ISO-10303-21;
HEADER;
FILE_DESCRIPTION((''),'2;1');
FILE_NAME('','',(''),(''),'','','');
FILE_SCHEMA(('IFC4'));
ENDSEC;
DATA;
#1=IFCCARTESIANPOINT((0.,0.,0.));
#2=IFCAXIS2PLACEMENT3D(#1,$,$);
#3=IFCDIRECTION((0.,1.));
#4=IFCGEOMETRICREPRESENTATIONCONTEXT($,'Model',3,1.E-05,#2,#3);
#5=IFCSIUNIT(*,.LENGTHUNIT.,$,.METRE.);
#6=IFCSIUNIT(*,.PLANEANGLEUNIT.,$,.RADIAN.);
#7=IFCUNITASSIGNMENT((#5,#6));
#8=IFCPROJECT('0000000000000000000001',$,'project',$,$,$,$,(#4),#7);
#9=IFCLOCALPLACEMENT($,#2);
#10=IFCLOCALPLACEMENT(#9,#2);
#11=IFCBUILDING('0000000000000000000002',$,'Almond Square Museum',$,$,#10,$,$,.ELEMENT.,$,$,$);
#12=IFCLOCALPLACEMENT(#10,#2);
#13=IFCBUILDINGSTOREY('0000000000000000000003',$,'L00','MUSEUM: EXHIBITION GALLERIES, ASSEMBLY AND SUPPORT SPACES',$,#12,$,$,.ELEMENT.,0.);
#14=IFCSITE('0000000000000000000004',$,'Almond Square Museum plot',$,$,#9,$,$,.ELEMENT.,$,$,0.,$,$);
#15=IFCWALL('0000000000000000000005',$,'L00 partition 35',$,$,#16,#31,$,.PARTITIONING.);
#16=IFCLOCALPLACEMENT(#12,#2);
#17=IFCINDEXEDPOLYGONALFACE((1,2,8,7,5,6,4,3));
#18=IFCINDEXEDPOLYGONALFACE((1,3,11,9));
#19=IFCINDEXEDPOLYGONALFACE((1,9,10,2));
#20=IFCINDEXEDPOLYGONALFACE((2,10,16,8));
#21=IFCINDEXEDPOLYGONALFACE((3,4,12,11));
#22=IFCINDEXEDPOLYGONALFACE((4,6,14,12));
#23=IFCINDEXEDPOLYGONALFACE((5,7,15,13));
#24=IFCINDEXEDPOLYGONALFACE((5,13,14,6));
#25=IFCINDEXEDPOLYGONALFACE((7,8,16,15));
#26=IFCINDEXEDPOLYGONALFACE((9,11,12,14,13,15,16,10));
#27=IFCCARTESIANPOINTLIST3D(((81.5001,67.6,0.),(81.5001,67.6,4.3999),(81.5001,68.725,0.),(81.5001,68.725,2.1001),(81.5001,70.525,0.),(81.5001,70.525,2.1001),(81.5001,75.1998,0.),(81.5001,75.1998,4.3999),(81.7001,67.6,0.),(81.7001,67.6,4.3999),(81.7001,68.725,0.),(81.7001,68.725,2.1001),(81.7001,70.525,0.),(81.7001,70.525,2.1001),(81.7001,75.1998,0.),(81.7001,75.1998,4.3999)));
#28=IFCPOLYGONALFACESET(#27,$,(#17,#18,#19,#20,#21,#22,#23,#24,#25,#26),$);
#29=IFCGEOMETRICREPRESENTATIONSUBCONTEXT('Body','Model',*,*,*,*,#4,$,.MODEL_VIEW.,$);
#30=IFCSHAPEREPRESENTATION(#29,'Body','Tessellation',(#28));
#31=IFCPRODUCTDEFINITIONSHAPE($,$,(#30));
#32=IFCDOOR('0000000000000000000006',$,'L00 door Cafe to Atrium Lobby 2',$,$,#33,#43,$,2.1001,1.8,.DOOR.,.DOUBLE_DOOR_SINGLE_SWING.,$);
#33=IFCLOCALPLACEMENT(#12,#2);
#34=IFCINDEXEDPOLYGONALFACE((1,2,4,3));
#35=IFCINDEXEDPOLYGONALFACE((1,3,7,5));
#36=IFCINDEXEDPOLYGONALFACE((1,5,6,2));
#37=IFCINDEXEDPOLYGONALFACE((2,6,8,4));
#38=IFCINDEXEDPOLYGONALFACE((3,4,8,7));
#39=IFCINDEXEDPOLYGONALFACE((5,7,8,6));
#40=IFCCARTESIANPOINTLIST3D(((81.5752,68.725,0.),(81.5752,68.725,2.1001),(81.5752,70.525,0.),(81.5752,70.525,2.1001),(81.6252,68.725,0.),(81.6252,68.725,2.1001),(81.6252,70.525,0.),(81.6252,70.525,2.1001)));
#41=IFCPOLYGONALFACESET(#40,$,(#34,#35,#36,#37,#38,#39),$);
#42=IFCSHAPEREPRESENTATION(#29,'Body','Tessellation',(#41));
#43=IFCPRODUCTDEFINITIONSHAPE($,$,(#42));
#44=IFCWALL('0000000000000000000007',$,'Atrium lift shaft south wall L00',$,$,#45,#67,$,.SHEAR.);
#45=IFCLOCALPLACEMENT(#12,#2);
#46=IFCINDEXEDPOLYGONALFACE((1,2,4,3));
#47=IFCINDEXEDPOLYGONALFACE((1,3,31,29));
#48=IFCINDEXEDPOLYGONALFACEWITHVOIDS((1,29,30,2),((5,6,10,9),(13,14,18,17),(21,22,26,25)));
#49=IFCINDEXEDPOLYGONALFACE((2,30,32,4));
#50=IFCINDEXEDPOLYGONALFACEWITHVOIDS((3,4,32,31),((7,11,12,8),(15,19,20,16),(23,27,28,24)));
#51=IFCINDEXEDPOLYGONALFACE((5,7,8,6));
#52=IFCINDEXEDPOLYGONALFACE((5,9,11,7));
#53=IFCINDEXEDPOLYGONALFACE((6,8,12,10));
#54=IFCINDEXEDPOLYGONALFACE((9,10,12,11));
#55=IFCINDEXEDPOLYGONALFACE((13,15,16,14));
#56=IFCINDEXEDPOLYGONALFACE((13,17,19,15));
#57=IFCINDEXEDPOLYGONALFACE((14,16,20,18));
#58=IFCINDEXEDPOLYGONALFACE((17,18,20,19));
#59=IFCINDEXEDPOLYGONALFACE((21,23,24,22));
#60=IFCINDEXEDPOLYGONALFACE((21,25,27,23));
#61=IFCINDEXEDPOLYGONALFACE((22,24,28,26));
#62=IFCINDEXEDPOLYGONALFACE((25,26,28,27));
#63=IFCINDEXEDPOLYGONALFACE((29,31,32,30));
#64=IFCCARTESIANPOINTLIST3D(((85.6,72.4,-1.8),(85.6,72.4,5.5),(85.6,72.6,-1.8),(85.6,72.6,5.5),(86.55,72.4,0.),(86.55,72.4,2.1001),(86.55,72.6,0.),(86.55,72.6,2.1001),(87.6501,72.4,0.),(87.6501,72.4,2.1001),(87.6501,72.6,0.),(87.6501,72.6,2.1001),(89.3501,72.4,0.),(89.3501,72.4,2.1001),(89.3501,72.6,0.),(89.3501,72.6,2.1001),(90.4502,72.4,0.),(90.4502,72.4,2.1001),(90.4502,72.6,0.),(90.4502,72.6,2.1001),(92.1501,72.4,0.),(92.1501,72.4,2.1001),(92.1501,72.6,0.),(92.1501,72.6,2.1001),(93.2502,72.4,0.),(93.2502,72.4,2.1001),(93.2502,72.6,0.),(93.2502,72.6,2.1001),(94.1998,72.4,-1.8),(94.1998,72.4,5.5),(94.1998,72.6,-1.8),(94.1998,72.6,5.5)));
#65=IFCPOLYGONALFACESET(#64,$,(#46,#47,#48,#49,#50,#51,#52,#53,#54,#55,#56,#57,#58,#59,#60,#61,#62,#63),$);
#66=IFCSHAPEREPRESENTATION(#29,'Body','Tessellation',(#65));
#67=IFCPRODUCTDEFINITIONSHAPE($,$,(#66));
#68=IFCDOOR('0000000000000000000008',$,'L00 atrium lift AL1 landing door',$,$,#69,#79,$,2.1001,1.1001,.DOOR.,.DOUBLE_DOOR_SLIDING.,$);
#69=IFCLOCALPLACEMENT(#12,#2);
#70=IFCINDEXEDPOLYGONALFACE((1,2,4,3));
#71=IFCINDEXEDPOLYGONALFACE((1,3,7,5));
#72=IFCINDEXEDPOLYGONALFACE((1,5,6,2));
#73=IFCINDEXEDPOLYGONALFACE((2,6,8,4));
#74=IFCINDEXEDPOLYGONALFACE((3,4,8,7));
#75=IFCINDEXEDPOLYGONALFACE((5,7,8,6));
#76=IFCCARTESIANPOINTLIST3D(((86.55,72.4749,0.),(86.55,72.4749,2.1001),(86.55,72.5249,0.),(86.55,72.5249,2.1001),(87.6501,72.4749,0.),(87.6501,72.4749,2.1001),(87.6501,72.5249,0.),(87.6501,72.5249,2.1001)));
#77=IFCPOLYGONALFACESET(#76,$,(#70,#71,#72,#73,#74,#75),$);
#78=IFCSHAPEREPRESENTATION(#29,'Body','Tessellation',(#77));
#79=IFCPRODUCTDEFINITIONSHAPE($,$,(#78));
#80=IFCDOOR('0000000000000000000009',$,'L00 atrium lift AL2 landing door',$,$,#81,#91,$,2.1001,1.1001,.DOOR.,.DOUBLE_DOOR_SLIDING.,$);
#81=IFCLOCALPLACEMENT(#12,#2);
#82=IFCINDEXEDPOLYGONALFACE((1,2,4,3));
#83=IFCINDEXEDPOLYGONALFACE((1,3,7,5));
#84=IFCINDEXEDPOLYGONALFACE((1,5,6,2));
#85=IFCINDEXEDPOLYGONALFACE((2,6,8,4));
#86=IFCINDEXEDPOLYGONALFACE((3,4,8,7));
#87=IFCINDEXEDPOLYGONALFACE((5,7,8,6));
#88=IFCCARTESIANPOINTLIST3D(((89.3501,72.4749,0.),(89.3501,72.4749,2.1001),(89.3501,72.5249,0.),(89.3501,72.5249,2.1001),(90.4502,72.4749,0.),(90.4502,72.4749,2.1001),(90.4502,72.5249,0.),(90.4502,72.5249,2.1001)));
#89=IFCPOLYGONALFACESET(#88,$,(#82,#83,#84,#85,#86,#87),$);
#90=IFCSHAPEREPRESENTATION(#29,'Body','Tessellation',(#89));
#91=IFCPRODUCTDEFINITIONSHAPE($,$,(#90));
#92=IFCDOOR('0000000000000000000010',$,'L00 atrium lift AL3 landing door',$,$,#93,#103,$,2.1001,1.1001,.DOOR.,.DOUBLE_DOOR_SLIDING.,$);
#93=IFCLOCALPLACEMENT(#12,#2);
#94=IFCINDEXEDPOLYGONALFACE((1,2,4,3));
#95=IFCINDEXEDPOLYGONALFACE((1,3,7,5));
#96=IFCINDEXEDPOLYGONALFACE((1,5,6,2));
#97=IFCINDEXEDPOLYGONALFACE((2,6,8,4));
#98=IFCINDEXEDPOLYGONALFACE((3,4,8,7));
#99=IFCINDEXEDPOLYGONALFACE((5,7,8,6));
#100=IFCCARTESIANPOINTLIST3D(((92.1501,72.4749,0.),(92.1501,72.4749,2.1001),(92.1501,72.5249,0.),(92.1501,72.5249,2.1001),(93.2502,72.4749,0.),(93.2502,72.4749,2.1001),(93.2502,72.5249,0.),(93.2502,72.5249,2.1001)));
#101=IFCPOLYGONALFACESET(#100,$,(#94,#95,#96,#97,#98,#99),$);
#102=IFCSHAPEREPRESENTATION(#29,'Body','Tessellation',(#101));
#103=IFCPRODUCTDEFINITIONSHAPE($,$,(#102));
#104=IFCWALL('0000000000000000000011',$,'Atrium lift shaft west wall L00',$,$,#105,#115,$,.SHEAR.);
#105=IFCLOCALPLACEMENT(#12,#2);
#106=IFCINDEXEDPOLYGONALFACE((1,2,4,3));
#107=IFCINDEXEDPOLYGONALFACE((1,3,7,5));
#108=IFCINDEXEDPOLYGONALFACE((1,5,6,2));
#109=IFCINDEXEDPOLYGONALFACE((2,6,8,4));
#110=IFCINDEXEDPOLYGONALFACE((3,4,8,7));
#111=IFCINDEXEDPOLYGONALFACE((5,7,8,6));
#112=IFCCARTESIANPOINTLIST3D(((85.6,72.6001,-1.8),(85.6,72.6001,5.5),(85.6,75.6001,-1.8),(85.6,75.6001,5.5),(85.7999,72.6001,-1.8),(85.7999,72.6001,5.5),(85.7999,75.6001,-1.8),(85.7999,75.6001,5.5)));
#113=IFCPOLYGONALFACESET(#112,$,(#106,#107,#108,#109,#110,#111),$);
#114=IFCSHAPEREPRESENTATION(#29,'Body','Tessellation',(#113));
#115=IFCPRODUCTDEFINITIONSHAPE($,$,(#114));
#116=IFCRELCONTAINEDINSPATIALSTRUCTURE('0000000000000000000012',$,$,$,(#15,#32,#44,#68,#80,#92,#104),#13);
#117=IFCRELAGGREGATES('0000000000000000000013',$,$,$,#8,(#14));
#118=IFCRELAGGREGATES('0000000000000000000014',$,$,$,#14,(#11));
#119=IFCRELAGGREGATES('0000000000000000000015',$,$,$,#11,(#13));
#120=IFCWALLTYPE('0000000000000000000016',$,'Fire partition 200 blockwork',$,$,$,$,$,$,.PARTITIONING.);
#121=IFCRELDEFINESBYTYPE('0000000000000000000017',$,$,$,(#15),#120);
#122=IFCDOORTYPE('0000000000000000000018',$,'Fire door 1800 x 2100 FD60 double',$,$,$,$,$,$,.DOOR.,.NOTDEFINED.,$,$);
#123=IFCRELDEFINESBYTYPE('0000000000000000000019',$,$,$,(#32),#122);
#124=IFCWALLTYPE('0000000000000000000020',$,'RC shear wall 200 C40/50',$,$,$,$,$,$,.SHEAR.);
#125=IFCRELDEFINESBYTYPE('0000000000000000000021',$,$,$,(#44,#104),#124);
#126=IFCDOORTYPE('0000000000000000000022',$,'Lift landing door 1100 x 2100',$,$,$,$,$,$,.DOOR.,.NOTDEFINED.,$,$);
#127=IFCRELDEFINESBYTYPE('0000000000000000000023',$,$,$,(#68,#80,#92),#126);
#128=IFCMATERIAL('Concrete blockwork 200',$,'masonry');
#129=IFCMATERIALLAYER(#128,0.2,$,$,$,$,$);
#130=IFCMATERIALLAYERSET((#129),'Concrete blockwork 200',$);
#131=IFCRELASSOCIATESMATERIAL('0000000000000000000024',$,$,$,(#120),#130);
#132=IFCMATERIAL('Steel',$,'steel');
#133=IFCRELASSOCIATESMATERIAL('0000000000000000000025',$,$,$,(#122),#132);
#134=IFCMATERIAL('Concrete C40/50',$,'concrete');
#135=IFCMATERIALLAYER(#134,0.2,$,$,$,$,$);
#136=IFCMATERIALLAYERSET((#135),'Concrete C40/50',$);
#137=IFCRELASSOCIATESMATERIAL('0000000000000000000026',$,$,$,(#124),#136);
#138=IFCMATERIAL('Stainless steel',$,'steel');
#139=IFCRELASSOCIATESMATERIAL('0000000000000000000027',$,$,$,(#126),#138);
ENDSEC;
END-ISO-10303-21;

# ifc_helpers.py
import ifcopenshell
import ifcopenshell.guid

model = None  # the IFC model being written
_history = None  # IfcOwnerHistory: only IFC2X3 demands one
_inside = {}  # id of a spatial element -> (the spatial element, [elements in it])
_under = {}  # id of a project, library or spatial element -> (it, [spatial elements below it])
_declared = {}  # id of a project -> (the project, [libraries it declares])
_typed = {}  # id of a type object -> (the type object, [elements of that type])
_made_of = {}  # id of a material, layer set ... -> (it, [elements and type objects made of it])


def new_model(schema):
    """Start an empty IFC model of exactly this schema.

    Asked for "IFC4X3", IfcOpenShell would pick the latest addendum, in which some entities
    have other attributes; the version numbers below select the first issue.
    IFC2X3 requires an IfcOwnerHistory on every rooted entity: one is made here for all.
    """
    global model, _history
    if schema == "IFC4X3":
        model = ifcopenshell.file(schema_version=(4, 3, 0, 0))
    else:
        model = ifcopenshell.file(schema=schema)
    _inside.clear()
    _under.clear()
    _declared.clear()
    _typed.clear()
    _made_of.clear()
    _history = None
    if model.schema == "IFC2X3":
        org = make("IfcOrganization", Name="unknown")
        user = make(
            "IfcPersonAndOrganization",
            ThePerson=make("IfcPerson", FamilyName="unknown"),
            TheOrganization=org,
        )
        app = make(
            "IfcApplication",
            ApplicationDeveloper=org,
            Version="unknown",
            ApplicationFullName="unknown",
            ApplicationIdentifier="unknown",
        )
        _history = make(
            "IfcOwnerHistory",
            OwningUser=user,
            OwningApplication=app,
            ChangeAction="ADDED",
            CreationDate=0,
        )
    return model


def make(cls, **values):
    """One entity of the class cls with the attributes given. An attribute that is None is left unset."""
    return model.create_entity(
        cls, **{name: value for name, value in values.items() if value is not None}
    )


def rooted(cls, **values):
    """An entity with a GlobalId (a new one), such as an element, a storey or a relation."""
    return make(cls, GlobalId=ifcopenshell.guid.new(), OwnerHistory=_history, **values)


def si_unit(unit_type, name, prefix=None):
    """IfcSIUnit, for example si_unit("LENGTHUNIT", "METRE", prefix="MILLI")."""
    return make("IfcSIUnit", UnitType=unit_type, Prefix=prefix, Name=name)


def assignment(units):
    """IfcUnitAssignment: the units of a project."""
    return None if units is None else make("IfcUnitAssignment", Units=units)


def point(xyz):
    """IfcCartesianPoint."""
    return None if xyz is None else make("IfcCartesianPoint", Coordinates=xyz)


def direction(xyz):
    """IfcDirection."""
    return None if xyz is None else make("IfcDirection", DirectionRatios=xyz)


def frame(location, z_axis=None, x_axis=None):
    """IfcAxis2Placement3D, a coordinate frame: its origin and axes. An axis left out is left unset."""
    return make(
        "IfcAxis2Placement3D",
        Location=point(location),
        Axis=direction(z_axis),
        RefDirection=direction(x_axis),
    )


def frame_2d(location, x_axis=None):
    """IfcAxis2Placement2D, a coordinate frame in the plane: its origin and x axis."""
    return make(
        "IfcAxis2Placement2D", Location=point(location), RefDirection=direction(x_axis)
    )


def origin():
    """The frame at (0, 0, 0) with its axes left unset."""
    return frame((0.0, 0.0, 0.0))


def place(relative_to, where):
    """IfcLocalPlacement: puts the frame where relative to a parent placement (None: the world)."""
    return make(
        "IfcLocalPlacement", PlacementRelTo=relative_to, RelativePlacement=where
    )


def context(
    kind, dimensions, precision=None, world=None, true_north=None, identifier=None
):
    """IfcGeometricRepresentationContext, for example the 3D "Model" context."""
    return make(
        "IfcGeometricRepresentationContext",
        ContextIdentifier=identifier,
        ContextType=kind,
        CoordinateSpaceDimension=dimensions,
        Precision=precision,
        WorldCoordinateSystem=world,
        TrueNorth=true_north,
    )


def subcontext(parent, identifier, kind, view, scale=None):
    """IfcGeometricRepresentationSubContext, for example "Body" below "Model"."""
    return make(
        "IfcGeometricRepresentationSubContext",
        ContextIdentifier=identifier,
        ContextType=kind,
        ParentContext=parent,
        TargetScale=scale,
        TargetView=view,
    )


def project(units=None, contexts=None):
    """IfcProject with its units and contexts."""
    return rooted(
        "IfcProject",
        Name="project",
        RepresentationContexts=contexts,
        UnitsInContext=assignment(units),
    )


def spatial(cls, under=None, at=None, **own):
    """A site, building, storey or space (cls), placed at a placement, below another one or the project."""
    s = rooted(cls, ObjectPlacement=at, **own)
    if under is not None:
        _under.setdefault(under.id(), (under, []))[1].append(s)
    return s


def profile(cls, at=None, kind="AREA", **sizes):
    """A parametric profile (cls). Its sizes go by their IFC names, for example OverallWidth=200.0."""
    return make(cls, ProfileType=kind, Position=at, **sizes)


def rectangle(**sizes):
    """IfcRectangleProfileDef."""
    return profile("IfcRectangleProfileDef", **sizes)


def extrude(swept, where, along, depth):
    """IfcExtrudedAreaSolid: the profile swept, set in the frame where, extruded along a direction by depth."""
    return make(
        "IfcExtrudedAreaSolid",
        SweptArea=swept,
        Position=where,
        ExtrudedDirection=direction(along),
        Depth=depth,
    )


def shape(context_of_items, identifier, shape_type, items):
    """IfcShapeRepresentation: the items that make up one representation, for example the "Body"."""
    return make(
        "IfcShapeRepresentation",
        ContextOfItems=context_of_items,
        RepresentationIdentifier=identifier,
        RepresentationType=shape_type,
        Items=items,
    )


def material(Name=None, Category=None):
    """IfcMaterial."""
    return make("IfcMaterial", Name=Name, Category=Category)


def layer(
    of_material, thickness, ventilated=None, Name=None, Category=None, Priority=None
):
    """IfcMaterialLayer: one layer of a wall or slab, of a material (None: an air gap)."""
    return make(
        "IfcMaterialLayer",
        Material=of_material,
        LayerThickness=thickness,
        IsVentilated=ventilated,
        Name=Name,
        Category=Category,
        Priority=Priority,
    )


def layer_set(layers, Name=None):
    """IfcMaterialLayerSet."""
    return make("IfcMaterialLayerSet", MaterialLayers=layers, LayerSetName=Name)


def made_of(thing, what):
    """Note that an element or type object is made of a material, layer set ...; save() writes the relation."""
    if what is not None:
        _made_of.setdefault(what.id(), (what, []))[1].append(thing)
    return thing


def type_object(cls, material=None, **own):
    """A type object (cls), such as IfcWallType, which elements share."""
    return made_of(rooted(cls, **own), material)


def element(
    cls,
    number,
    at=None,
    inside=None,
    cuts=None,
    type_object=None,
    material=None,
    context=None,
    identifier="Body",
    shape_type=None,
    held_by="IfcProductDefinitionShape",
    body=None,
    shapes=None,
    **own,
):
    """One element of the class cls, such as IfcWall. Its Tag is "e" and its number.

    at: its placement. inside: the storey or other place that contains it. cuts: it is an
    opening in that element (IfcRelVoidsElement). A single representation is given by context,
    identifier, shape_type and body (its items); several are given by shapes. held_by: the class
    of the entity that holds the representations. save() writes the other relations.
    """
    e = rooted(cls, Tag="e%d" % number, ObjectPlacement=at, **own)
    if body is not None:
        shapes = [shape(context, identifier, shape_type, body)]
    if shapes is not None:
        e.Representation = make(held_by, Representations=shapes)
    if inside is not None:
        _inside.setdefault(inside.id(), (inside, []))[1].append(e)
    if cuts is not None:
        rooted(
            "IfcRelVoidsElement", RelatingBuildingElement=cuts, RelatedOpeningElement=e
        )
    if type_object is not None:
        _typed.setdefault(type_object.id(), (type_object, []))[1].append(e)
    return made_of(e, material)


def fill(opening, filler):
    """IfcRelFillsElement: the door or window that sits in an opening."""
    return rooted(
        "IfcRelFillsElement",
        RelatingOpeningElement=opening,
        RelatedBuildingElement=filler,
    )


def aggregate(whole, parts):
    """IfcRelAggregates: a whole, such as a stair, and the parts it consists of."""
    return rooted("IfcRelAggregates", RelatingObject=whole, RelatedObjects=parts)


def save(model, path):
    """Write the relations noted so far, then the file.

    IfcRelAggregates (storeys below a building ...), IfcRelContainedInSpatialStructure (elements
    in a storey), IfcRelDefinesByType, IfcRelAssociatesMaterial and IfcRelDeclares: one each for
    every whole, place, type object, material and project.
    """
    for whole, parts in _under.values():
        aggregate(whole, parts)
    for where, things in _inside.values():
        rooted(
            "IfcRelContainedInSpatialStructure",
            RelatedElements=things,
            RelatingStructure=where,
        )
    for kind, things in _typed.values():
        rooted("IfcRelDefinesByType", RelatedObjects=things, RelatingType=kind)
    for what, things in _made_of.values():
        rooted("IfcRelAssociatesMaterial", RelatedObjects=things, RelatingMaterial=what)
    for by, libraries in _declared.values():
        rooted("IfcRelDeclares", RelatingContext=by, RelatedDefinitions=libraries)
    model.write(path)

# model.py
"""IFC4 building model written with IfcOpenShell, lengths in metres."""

from ifc_helpers import new_model, si_unit, direction, frame, frame_2d, origin, place, context, subcontext, project, spatial, rectangle, extrude, material, layer, layer_set, type_object, element, fill, save


model = new_model("IFC4")

# Units and contexts
model_context = context("Model", 3, precision=1e-05, world=origin(), true_north=direction((0.0, 1.0)))
body_context = subcontext(model_context, "Body", "Model", "MODEL_VIEW")
ifc_project = project(units=[si_unit("LENGTHUNIT", "METRE"), si_unit("PLANEANGLEUNIT", "RADIAN")], contexts=[model_context])

# Site, building, storey
site_placement = place(None, origin())
site = spatial("IfcSite", under=ifc_project, at=site_placement, Name="Almond Square Museum plot", CompositionType="ELEMENT", RefElevation=0.0)
building_placement = place(site_placement, origin())
building = spatial("IfcBuilding", under=site, at=building_placement, Name="Almond Square Museum", CompositionType="ELEMENT")
storey_placement = place(building_placement, origin())
storey = spatial("IfcBuildingStorey", under=building, at=storey_placement, Name="L00", Description="MUSEUM: EXHIBITION GALLERIES, ASSEMBLY AND SUPPORT SPACES", CompositionType="ELEMENT", Elevation=0.0)

# Wall, opening, door
ifc_material_1 = material(Name="Concrete blockwork 200", Category="masonry")
ifc_layer_1 = layer(ifc_material_1, 0.2)
ifc_layer_set_1 = layer_set([ifc_layer_1], Name="Concrete blockwork 200")
wall_type_1 = type_object("IfcWallType", Name="Fire partition 200 blockwork", PredefinedType="PARTITIONING", material=ifc_layer_set_1)
wall_1_placement = place(storey_placement, frame((81.6001, 67.6001, 0.0), z_axis=(0.0, 0.0, 1.0), x_axis=(0.0, 1.0, 0.0)))
wall_1 = element("IfcWall", 1, at=wall_1_placement, inside=storey, type_object=wall_type_1, Name="L00 partition 35", PredefinedType="PARTITIONING", context=body_context, shape_type="SweptSolid", body=[
    extrude(rectangle(XDim=7.5999, YDim=0.2, at=frame_2d((3.7998, 0.0))), origin(), (0.0, 0.0, 1.0), 4.3999),
])
opening_1_placement = place(wall_1_placement, frame((1.125, 0.0, 0.0)))
opening_1 = element("IfcOpeningElement", 2, at=opening_1_placement, cuts=wall_1, PredefinedType="OPENING", context=body_context, shape_type="SweptSolid", body=[
    extrude(rectangle(XDim=1.8, YDim=2.1001, at=frame_2d((0.8999, 1.05))), frame((0.0, 0.1099, 0.0), z_axis=(0.0, -1.0, 0.0), x_axis=(1.0, 0.0, 0.0)), (0.0, 0.0, 1.0), 0.22),
])
ifc_material_2 = material(Name="Steel", Category="steel")
door_type_1 = type_object("IfcDoorType", Name="Fire door 1800 x 2100 FD60 double", OperationType="NOTDEFINED", PredefinedType="DOOR", material=ifc_material_2)
door_1_placement = place(opening_1_placement, origin())
door_1 = element("IfcDoor", 3, at=door_1_placement, inside=storey, type_object=door_type_1, Name="L00 door Cafe to Atrium Lobby 2", OperationType="DOUBLE_DOOR_SINGLE_SWING", OverallHeight=2.1001, OverallWidth=1.8, PredefinedType="DOOR", context=body_context, shape_type="SweptSolid", body=[
    extrude(rectangle(XDim=1.8, YDim=2.1001, at=frame_2d((0.8999, 1.05))), frame((0.0, 0.0249, 0.0), z_axis=(0.0, -1.0, 0.0), x_axis=(1.0, 0.0, 0.0)), (0.0, 0.0, 1.0), 0.05),
])
fill(opening_1, door_1)

# Wall, openings, doors
ifc_material_3 = material(Name="Concrete C40/50", Category="concrete")
ifc_layer_2 = layer(ifc_material_3, 0.2)
ifc_layer_set_2 = layer_set([ifc_layer_2], Name="Concrete C40/50")
wall_type_2 = type_object("IfcWallType", Name="RC shear wall 200 C40/50", PredefinedType="SHEAR", material=ifc_layer_set_2)
wall_2_placement = place(storey_placement, frame((85.6001, 72.5, -1.8), z_axis=(0.0, 0.0, 1.0), x_axis=(1.0, 0.0, 0.0)))
wall_2 = element("IfcWall", 4, at=wall_2_placement, inside=storey, type_object=wall_type_2, Name="Atrium lift shaft south wall L00", PredefinedType="SHEAR", context=body_context, shape_type="SweptSolid", body=[
    extrude(rectangle(XDim=8.5999, YDim=0.2, at=frame_2d((4.2998, 0.0))), origin(), (0.0, 0.0, 1.0), 7.3),
])
opening_2_placement = place(wall_2_placement, frame((0.95, 0.0, 1.8)))
opening_2 = element("IfcOpeningElement", 5, at=opening_2_placement, cuts=wall_2, PredefinedType="OPENING", context=body_context, shape_type="SweptSolid", body=[
    extrude(rectangle(XDim=1.1001, YDim=2.1001, at=frame_2d((0.55, 1.05))), frame((0.0, 0.1099, 0.0), z_axis=(0.0, -1.0, 0.0), x_axis=(1.0, 0.0, 0.0)), (0.0, 0.0, 1.0), 0.22),
])
opening_3_placement = place(wall_2_placement, frame((3.75, 0.0, 1.8)))
opening_3 = element("IfcOpeningElement", 6, at=opening_3_placement, cuts=wall_2, PredefinedType="OPENING", context=body_context, shape_type="SweptSolid", body=[
    extrude(rectangle(XDim=1.1001, YDim=2.1001, at=frame_2d((0.55, 1.05))), frame((0.0, 0.1099, 0.0), z_axis=(0.0, -1.0, 0.0), x_axis=(1.0, 0.0, 0.0)), (0.0, 0.0, 1.0), 0.22),
])
opening_4_placement = place(wall_2_placement, frame((6.55, 0.0, 1.8)))
opening_4 = element("IfcOpeningElement", 7, at=opening_4_placement, cuts=wall_2, PredefinedType="OPENING", context=body_context, shape_type="SweptSolid", body=[
    extrude(rectangle(XDim=1.1001, YDim=2.1001, at=frame_2d((0.55, 1.05))), frame((0.0, 0.1099, 0.0), z_axis=(0.0, -1.0, 0.0), x_axis=(1.0, 0.0, 0.0)), (0.0, 0.0, 1.0), 0.22),
])
ifc_material_4 = material(Name="Stainless steel", Category="steel")
door_type_2 = type_object("IfcDoorType", Name="Lift landing door 1100 x 2100", OperationType="NOTDEFINED", PredefinedType="DOOR", material=ifc_material_4)
door_2_placement = place(opening_2_placement, origin())
door_2 = element("IfcDoor", 8, at=door_2_placement, inside=storey, type_object=door_type_2, Name="L00 atrium lift AL1 landing door", OperationType="DOUBLE_DOOR_SLIDING", OverallHeight=2.1001, OverallWidth=1.1001, PredefinedType="DOOR", context=body_context, shape_type="SweptSolid", body=[
    extrude(rectangle(XDim=1.1001, YDim=2.1001, at=frame_2d((0.55, 1.05))), frame((0.0, 0.0249, 0.0), z_axis=(0.0, -1.0, 0.0), x_axis=(1.0, 0.0, 0.0)), (0.0, 0.0, 1.0), 0.05),
])
fill(opening_2, door_2)
door_3_placement = place(opening_3_placement, origin())
door_3 = element("IfcDoor", 9, at=door_3_placement, inside=storey, type_object=door_type_2, Name="L00 atrium lift AL2 landing door", OperationType="DOUBLE_DOOR_SLIDING", OverallHeight=2.1001, OverallWidth=1.1001, PredefinedType="DOOR", context=body_context, shape_type="SweptSolid", body=[
    extrude(rectangle(XDim=1.1001, YDim=2.1001, at=frame_2d((0.55, 1.05))), frame((0.0, 0.0249, 0.0), z_axis=(0.0, -1.0, 0.0), x_axis=(1.0, 0.0, 0.0)), (0.0, 0.0, 1.0), 0.05),
])
fill(opening_3, door_3)
door_4_placement = place(opening_4_placement, origin())
door_4 = element("IfcDoor", 10, at=door_4_placement, inside=storey, type_object=door_type_2, Name="L00 atrium lift AL3 landing door", OperationType="DOUBLE_DOOR_SLIDING", OverallHeight=2.1001, OverallWidth=1.1001, PredefinedType="DOOR", context=body_context, shape_type="SweptSolid", body=[
    extrude(rectangle(XDim=1.1001, YDim=2.1001, at=frame_2d((0.55, 1.05))), frame((0.0, 0.0249, 0.0), z_axis=(0.0, -1.0, 0.0), x_axis=(1.0, 0.0, 0.0)), (0.0, 0.0, 1.0), 0.05),
])
fill(opening_4, door_4)

# Wall
wall_3_placement = place(storey_placement, frame((85.7, 72.6001, -1.8), z_axis=(0.0, 0.0, 1.0), x_axis=(0.0, 1.0, 0.0)))
element("IfcWall", 11, at=wall_3_placement, inside=storey, type_object=wall_type_2, Name="Atrium lift shaft west wall L00", PredefinedType="SHEAR", context=body_context, shape_type="SweptSolid", body=[
    extrude(rectangle(XDim=3.0, YDim=0.2, at=frame_2d((1.5, 0.0))), origin(), (0.0, 0.0, 1.0), 7.3),
])

save(model, "model.ifc")
